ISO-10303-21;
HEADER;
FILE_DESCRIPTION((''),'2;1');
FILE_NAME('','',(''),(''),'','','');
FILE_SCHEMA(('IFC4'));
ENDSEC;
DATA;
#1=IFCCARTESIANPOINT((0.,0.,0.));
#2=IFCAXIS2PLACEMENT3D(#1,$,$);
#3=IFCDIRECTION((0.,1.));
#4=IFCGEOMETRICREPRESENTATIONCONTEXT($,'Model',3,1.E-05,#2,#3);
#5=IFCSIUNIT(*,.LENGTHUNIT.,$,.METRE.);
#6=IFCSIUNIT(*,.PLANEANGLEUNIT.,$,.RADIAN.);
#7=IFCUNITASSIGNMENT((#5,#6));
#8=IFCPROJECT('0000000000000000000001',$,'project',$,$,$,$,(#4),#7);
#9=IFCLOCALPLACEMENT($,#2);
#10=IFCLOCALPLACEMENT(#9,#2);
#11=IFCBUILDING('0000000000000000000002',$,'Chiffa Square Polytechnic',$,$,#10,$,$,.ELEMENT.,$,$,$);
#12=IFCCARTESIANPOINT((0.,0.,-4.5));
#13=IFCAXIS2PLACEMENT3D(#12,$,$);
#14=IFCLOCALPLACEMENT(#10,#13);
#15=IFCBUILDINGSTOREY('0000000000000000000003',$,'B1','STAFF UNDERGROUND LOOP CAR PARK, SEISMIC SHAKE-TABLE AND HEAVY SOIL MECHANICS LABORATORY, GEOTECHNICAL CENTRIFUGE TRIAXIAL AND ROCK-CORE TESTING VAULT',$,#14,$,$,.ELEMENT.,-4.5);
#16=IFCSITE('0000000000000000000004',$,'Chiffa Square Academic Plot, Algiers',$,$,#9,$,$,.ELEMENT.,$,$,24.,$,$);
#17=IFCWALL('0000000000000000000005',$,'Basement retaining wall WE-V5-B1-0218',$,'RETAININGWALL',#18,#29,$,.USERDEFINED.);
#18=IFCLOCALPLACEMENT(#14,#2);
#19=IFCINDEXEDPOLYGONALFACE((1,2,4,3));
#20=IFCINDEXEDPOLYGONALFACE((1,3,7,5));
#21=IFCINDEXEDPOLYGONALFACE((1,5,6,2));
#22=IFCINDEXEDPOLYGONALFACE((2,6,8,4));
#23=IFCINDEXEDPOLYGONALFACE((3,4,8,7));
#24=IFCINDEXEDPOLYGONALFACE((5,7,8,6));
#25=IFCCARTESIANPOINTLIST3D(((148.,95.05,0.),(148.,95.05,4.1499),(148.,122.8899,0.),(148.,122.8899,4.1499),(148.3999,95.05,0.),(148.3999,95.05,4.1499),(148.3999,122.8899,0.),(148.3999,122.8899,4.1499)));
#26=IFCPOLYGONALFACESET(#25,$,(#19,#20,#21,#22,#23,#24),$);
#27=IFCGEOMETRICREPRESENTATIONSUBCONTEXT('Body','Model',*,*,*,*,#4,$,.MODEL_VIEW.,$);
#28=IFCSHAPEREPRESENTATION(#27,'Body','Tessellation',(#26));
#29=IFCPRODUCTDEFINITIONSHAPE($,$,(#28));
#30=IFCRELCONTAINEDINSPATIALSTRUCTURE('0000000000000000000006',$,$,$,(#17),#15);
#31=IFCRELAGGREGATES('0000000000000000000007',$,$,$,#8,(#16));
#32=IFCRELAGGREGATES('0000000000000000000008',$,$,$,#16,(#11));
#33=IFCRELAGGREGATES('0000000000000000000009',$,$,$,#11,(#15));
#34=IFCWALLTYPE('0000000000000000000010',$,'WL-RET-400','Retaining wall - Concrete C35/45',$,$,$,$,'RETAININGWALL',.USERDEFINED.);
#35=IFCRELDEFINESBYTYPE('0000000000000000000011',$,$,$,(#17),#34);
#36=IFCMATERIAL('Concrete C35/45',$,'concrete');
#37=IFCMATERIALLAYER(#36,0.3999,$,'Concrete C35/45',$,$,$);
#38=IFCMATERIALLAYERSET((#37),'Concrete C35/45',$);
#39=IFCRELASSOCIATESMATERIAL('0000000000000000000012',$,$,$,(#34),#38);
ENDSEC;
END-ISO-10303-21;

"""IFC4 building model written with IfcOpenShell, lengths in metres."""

from ifc_helpers import new_model, si_unit, direction, frame, frame_2d, origin, place, context, subcontext, project, spatial, rectangle, extrude, material, layer, layer_set, type_object, element, save


model = new_model("IFC4")

# Units and contexts
model_context = context("Model", 3, precision=1e-05, world=origin(), true_north=direction((0.0, 1.0)))
body_context = subcontext(model_context, "Body", "Model", "MODEL_VIEW")
ifc_project = project(units=[si_unit("LENGTHUNIT", "METRE"), si_unit("PLANEANGLEUNIT", "RADIAN")], contexts=[model_context])

# Site, building, storey
site_placement = place(None, origin())
site = spatial("IfcSite", under=ifc_project, at=site_placement, Name="Chiffa Square Academic Plot, Algiers", CompositionType="ELEMENT", RefElevation=24.0)
building_placement = place(site_placement, origin())
building = spatial("IfcBuilding", under=site, at=building_placement, Name="Chiffa Square Polytechnic", CompositionType="ELEMENT")
storey_placement = place(building_placement, frame((0.0, 0.0, -4.5)))
storey = spatial("IfcBuildingStorey", under=building, at=storey_placement, Name="B1", Description="STAFF UNDERGROUND LOOP CAR PARK, SEISMIC SHAKE-TABLE AND HEAVY SOIL MECHANICS LABORATORY, GEOTECHNICAL CENTRIFUGE TRIAXIAL AND ROCK-CORE TESTING VAULT", CompositionType="ELEMENT", Elevation=-4.5)

# Shared definitions
ifc_material_1 = material(Name="Concrete C35/45", Category="concrete")

# Wall
ifc_layer_1 = layer(ifc_material_1, 0.3999, Name="Concrete C35/45")
ifc_layer_set_1 = layer_set([ifc_layer_1], Name="Concrete C35/45")
wall_type = type_object("IfcWallType", Name="WL-RET-400", Description="Retaining wall - Concrete C35/45", ElementType="RETAININGWALL", PredefinedType="USERDEFINED", material=ifc_layer_set_1)
wall_placement = place(storey_placement, frame((148.2, 95.05, 0.0), z_axis=(0.0, 0.0, 1.0), x_axis=(0.0, 1.0, 0.0)))
element("IfcWall", 1, at=wall_placement, inside=storey, type_object=wall_type, Name="Basement retaining wall WE-V5-B1-0218", ObjectType="RETAININGWALL", PredefinedType="USERDEFINED", context=body_context, shape_type="SweptSolid", body=[
    extrude(rectangle(XDim=27.8398, YDim=0.3999, at=frame_2d((13.9199, 0.0))), origin(), (0.0, 0.0, 1.0), 4.1499),
])

save(model, "model.ifc")
